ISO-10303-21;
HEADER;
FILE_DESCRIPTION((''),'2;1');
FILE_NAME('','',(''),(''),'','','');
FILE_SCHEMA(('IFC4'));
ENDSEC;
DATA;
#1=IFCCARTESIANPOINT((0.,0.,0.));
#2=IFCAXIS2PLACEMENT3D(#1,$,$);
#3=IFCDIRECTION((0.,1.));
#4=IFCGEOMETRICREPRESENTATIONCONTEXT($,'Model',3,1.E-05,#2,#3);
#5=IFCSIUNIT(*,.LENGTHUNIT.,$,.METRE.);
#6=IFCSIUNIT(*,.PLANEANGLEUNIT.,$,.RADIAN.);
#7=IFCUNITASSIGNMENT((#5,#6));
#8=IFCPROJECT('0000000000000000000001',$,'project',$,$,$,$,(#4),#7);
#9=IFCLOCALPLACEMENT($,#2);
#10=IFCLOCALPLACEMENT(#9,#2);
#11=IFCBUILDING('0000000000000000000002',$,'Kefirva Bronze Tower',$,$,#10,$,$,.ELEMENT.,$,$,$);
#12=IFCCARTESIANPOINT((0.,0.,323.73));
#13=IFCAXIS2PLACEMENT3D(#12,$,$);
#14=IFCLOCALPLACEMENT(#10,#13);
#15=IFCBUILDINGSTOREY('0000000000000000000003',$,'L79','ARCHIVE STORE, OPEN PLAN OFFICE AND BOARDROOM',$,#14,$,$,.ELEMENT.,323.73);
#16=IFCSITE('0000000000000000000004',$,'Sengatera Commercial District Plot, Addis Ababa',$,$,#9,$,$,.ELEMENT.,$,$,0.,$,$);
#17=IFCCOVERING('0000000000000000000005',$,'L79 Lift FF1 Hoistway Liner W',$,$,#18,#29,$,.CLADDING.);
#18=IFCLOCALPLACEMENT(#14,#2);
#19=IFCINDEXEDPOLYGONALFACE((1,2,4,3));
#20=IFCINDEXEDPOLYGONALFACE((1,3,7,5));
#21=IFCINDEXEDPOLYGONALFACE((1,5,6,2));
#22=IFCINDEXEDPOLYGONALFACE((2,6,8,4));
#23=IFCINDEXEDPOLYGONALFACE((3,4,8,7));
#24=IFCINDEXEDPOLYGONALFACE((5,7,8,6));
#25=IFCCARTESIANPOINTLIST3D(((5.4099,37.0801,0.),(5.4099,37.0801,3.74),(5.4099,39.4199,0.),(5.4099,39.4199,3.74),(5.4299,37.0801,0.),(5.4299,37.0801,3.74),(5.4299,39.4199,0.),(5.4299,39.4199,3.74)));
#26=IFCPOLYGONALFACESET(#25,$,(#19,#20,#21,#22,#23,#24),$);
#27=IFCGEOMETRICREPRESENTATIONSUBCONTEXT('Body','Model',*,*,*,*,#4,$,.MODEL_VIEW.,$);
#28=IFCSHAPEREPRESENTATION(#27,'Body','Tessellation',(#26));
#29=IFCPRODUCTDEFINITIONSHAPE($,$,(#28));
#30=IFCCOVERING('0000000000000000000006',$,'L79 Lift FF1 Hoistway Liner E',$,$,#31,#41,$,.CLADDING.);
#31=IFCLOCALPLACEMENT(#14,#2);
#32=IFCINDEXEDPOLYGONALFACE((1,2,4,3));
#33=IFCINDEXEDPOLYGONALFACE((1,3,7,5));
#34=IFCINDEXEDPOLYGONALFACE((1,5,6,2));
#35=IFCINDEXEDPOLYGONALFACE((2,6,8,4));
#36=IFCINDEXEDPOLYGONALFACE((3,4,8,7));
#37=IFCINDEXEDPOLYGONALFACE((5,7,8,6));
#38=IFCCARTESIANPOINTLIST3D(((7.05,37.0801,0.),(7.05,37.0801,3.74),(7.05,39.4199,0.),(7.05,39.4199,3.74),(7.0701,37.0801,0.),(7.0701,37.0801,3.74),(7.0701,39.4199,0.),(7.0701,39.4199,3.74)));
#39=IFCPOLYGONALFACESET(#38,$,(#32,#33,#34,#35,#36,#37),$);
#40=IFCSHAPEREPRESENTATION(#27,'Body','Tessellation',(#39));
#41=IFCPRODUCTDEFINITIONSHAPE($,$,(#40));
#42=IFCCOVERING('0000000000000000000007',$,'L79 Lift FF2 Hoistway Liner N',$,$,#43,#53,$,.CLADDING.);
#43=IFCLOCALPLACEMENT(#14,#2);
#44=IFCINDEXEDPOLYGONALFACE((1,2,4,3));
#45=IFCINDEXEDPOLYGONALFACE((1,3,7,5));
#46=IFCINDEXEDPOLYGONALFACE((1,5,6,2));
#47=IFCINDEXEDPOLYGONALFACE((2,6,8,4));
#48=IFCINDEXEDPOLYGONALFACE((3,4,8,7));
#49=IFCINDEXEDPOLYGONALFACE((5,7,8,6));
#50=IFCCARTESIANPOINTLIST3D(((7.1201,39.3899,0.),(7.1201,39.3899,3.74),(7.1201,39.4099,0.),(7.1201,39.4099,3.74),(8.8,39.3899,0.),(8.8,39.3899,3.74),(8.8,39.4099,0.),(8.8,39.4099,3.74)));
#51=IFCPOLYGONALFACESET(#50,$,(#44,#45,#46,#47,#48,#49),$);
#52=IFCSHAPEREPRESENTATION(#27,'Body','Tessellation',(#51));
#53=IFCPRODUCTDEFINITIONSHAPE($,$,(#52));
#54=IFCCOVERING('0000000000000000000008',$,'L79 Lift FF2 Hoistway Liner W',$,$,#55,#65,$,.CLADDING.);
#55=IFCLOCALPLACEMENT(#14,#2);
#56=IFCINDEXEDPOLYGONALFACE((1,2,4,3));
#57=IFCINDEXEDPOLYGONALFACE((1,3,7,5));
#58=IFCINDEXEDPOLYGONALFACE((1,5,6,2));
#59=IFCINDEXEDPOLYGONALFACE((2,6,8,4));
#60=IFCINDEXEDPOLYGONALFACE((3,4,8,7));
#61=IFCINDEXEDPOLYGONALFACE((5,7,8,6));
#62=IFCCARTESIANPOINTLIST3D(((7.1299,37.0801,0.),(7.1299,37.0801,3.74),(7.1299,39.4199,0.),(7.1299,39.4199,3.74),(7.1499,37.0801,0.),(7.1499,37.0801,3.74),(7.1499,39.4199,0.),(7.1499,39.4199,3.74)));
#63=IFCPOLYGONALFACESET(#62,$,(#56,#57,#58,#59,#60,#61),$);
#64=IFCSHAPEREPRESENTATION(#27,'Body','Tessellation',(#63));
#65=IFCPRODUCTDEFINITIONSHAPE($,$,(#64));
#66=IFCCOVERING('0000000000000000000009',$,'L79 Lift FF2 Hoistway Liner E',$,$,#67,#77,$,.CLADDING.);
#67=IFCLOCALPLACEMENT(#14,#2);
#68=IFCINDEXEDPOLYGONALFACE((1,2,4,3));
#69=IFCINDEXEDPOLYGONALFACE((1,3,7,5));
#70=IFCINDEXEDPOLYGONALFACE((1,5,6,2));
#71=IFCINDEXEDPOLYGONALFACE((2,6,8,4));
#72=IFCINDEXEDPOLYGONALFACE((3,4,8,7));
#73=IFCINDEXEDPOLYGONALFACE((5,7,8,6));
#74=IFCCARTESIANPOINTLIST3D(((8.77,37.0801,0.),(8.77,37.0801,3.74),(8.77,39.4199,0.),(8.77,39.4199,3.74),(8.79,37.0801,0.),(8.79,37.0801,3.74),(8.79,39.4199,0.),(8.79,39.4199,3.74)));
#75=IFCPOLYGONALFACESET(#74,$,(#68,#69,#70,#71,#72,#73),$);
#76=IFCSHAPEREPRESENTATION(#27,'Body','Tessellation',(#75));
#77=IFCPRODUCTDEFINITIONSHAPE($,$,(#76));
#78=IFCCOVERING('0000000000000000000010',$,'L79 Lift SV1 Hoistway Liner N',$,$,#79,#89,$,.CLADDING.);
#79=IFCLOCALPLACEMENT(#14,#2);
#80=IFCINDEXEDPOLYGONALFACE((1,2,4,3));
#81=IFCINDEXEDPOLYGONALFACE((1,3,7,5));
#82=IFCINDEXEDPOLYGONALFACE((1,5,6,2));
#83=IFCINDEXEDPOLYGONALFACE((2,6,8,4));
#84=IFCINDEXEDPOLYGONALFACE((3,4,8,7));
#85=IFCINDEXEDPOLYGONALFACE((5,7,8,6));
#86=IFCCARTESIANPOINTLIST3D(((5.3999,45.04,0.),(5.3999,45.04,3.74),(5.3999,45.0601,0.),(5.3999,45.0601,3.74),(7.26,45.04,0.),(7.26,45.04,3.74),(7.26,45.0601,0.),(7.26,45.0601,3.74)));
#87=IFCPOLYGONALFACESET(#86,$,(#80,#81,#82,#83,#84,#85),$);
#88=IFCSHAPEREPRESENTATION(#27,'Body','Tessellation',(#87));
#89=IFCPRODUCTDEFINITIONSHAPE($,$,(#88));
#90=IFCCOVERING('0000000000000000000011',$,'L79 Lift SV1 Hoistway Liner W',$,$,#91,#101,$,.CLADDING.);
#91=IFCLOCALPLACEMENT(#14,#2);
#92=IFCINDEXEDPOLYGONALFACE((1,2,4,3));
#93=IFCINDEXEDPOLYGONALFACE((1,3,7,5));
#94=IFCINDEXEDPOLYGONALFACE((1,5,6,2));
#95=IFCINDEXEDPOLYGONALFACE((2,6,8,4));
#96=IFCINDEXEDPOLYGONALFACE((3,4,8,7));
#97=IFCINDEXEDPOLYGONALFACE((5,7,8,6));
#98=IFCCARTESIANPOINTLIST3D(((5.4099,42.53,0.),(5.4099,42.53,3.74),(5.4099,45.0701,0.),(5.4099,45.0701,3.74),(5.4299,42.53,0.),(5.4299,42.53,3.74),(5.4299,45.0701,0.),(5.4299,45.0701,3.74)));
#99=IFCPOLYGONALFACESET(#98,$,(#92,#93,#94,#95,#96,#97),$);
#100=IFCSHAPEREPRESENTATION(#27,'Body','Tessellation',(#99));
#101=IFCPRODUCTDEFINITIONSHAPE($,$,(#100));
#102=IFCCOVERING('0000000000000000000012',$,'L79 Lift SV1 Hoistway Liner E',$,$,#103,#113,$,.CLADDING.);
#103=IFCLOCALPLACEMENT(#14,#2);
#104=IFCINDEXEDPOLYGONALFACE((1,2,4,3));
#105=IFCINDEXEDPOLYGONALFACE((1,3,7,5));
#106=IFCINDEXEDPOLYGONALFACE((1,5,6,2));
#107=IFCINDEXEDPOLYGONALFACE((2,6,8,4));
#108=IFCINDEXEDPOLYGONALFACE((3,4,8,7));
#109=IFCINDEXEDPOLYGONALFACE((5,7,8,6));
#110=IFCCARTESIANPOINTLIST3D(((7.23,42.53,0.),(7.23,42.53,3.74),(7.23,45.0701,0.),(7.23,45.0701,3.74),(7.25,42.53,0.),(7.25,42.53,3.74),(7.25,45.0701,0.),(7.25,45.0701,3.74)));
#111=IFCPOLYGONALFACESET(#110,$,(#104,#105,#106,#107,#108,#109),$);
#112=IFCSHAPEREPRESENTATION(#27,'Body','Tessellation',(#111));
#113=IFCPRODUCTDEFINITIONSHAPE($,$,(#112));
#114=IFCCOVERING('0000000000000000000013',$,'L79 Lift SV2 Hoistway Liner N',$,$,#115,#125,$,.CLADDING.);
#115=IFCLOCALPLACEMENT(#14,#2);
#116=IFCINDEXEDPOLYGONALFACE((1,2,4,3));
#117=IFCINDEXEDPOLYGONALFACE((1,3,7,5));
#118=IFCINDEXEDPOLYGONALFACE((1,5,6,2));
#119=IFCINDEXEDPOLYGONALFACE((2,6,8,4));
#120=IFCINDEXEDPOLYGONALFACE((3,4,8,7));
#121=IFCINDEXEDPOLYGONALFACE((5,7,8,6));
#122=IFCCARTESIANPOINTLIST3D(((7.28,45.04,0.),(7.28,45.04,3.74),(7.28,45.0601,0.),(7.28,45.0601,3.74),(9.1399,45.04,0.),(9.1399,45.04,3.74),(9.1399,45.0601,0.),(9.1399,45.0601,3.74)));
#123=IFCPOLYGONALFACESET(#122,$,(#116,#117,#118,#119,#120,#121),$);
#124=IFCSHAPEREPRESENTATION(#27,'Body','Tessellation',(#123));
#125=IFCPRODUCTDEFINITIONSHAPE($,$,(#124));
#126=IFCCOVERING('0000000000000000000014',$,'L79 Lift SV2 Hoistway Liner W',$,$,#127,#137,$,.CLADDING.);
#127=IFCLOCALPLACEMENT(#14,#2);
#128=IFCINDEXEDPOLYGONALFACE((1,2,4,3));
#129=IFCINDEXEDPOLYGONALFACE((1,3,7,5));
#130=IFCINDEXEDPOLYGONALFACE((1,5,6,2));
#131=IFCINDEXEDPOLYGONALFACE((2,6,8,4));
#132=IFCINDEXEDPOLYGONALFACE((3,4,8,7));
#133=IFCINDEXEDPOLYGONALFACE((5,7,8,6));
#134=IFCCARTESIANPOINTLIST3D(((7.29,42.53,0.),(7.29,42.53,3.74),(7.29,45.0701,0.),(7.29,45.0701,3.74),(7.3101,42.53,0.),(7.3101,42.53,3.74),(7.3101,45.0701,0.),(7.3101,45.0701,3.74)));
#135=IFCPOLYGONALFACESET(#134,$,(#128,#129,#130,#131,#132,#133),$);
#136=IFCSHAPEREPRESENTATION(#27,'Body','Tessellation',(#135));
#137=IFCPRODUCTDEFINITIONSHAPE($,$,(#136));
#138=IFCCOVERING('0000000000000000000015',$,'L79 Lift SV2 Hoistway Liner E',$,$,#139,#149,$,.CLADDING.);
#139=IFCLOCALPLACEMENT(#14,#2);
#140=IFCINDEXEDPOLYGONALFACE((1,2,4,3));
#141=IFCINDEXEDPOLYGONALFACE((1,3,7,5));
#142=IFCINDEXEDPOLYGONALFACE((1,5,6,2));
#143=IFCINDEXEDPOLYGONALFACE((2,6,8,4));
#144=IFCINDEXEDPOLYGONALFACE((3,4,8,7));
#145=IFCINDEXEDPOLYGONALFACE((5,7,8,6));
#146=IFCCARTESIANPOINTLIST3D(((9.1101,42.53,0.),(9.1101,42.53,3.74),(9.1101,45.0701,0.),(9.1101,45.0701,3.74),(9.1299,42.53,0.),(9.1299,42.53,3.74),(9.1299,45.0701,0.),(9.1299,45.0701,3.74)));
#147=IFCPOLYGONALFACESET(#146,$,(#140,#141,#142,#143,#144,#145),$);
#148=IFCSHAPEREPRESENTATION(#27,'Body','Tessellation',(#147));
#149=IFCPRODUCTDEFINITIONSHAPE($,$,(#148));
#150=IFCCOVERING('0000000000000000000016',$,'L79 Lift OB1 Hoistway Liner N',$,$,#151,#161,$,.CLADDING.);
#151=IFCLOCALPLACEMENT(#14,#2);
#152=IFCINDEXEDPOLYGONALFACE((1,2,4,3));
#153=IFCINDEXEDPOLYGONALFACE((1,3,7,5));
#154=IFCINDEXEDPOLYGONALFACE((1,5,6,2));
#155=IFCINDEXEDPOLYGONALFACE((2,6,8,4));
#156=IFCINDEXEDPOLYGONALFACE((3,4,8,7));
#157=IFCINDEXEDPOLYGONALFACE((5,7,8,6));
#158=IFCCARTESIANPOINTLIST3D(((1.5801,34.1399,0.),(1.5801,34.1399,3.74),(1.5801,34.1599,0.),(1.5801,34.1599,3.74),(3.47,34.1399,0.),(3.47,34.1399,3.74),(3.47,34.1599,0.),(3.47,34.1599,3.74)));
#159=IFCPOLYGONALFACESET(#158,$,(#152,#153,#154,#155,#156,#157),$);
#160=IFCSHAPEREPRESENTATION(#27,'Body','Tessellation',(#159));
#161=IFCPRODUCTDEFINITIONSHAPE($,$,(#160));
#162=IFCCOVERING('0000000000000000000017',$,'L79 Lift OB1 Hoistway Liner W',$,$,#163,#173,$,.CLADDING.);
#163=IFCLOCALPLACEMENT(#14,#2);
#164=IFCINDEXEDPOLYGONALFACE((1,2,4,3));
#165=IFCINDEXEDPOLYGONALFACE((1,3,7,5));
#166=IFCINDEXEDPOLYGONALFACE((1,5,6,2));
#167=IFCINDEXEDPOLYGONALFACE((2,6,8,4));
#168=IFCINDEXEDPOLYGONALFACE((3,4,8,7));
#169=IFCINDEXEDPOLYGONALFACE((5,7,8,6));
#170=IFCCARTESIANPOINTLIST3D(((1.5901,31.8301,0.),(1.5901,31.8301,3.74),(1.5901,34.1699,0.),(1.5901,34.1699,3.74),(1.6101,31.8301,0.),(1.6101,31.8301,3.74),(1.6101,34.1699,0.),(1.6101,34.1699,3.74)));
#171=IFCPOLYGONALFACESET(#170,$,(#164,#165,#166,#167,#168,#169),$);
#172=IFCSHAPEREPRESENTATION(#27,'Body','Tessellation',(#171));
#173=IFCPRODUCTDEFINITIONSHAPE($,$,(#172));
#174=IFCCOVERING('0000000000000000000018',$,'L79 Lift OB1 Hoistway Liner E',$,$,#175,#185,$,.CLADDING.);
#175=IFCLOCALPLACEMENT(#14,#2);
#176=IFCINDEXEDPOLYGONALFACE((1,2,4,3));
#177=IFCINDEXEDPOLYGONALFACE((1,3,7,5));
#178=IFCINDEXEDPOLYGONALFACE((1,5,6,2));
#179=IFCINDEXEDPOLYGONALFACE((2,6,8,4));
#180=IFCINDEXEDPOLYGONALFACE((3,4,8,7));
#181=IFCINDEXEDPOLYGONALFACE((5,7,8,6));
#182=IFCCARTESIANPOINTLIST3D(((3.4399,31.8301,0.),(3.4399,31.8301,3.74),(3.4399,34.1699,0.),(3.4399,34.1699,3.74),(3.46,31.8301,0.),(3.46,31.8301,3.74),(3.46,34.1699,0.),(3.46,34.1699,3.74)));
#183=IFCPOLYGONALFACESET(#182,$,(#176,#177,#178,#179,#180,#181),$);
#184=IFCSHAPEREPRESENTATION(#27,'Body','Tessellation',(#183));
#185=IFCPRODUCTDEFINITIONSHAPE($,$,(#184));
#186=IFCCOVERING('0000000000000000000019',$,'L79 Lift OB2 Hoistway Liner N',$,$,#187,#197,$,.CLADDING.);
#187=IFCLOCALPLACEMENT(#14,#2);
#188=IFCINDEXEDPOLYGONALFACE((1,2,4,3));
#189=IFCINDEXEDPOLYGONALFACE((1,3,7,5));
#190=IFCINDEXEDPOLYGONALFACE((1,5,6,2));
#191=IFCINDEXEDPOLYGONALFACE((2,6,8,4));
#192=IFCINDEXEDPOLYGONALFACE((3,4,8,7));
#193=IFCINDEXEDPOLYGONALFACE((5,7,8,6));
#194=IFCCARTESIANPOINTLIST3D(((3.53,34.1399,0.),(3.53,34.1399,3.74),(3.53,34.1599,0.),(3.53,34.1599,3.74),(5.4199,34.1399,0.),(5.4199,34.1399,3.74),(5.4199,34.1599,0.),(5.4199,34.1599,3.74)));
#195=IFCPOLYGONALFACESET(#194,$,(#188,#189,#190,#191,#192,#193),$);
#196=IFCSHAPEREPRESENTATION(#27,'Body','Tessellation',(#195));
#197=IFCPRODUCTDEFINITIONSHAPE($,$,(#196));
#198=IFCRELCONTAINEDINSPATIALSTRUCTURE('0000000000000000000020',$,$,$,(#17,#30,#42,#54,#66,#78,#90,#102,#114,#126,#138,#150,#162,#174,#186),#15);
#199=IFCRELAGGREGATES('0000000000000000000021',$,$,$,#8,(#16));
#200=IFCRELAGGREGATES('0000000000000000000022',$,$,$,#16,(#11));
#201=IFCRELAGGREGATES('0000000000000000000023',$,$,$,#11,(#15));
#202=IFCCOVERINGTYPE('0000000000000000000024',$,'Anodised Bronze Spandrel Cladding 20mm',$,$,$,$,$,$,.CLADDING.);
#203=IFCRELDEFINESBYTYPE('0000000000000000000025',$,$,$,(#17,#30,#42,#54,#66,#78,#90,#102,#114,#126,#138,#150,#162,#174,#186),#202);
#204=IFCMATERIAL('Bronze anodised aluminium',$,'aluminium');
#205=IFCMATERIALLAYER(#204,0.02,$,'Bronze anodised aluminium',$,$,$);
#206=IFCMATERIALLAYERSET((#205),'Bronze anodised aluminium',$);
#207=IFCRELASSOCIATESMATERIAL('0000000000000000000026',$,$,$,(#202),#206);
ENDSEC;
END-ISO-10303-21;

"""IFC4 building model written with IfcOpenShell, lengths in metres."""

from ifc_helpers import new_model, si_unit, direction, frame, origin, place, context, subcontext, project, spatial, polyline, outline, extrude, material, layer, layer_set, type_object, element, save


model = new_model("IFC4")

# Units and contexts
model_context = context("Model", 3, precision=1e-05, world=origin(), true_north=direction((0.0, 1.0)))
body_context = subcontext(model_context, "Body", "Model", "MODEL_VIEW")
ifc_project = project(units=[si_unit("LENGTHUNIT", "METRE"), si_unit("PLANEANGLEUNIT", "RADIAN")], contexts=[model_context])

# Site, building, storey
site_placement = place(None, origin())
site = spatial("IfcSite", under=ifc_project, at=site_placement, Name="Sengatera Commercial District Plot, Addis Ababa", CompositionType="ELEMENT", RefElevation=0.0)
building_placement = place(site_placement, origin())
building = spatial("IfcBuilding", under=site, at=building_placement, Name="Kefirva Bronze Tower", CompositionType="ELEMENT")
storey_placement = place(building_placement, frame((0.0, 0.0, 323.73)))
storey = spatial("IfcBuildingStorey", under=building, at=storey_placement, Name="L79", Description="ARCHIVE STORE, OPEN PLAN OFFICE AND BOARDROOM", CompositionType="ELEMENT", Elevation=323.73)

# Shared definitions
ifc_material_1 = material(Name="Bronze anodised aluminium", Category="aluminium")

# Coverings
ifc_layer_1 = layer(ifc_material_1, 0.02, Name="Bronze anodised aluminium")
ifc_layer_set_1 = layer_set([ifc_layer_1], Name="Bronze anodised aluminium")
covering_type_1 = type_object("IfcCoveringType", Name="Anodised Bronze Spandrel Cladding 20mm", PredefinedType="CLADDING", material=ifc_layer_set_1)
covering_1_placement = place(storey_placement, origin())
element("IfcCovering", 1, at=covering_1_placement, inside=storey, type_object=covering_type_1, Name="L79 Lift FF1 Hoistway Liner W", PredefinedType="CLADDING", context=body_context, shape_type="SweptSolid", body=[
    extrude(outline(polyline([(5.4099, 37.0801), (5.4299, 37.0801), (5.4299, 39.4199), (5.4099, 39.4199), (5.4099, 37.0801)])), origin(), (0.0, 0.0, 1.0), 3.74),
])
covering_2_placement = place(storey_placement, origin())
element("IfcCovering", 2, at=covering_2_placement, inside=storey, type_object=covering_type_1, Name="L79 Lift FF1 Hoistway Liner E", PredefinedType="CLADDING", context=body_context, shape_type="SweptSolid", body=[
    extrude(outline(polyline([(7.05, 37.0801), (7.0701, 37.0801), (7.0701, 39.4199), (7.05, 39.4199), (7.05, 37.0801)])), origin(), (0.0, 0.0, 1.0), 3.74),
])
covering_3_placement = place(storey_placement, origin())
element("IfcCovering", 3, at=covering_3_placement, inside=storey, type_object=covering_type_1, Name="L79 Lift FF2 Hoistway Liner N", PredefinedType="CLADDING", context=body_context, shape_type="SweptSolid", body=[
    extrude(outline(polyline([(7.1201, 39.3899), (8.8, 39.3899), (8.8, 39.4099), (7.1201, 39.4099), (7.1201, 39.3899)])), origin(), (0.0, 0.0, 1.0), 3.74),
])
covering_4_placement = place(storey_placement, origin())
element("IfcCovering", 4, at=covering_4_placement, inside=storey, type_object=covering_type_1, Name="L79 Lift FF2 Hoistway Liner W", PredefinedType="CLADDING", context=body_context, shape_type="SweptSolid", body=[
    extrude(outline(polyline([(7.1299, 37.0801), (7.1499, 37.0801), (7.1499, 39.4199), (7.1299, 39.4199), (7.1299, 37.0801)])), origin(), (0.0, 0.0, 1.0), 3.74),
])
covering_5_placement = place(storey_placement, origin())
element("IfcCovering", 5, at=covering_5_placement, inside=storey, type_object=covering_type_1, Name="L79 Lift FF2 Hoistway Liner E", PredefinedType="CLADDING", context=body_context, shape_type="SweptSolid", body=[
    extrude(outline(polyline([(8.77, 37.0801), (8.79, 37.0801), (8.79, 39.4199), (8.77, 39.4199), (8.77, 37.0801)])), origin(), (0.0, 0.0, 1.0), 3.74),
])
covering_6_placement = place(storey_placement, origin())
element("IfcCovering", 6, at=covering_6_placement, inside=storey, type_object=covering_type_1, Name="L79 Lift SV1 Hoistway Liner N", PredefinedType="CLADDING", context=body_context, shape_type="SweptSolid", body=[
    extrude(outline(polyline([(5.3999, 45.04), (7.26, 45.04), (7.26, 45.0601), (5.3999, 45.0601), (5.3999, 45.04)])), origin(), (0.0, 0.0, 1.0), 3.74),
])
covering_7_placement = place(storey_placement, origin())
element("IfcCovering", 7, at=covering_7_placement, inside=storey, type_object=covering_type_1, Name="L79 Lift SV1 Hoistway Liner W", PredefinedType="CLADDING", context=body_context, shape_type="SweptSolid", body=[
    extrude(outline(polyline([(5.4099, 42.53), (5.4299, 42.53), (5.4299, 45.0701), (5.4099, 45.0701), (5.4099, 42.53)])), origin(), (0.0, 0.0, 1.0), 3.74),
])
covering_8_placement = place(storey_placement, origin())
element("IfcCovering", 8, at=covering_8_placement, inside=storey, type_object=covering_type_1, Name="L79 Lift SV1 Hoistway Liner E", PredefinedType="CLADDING", context=body_context, shape_type="SweptSolid", body=[
    extrude(outline(polyline([(7.23, 42.53), (7.25, 42.53), (7.25, 45.0701), (7.23, 45.0701), (7.23, 42.53)])), origin(), (0.0, 0.0, 1.0), 3.74),
])
covering_9_placement = place(storey_placement, origin())
element("IfcCovering", 9, at=covering_9_placement, inside=storey, type_object=covering_type_1, Name="L79 Lift SV2 Hoistway Liner N", PredefinedType="CLADDING", context=body_context, shape_type="SweptSolid", body=[
    extrude(outline(polyline([(7.28, 45.04), (9.1399, 45.04), (9.1399, 45.0601), (7.28, 45.0601), (7.28, 45.04)])), origin(), (0.0, 0.0, 1.0), 3.74),
])
covering_10_placement = place(storey_placement, origin())
element("IfcCovering", 10, at=covering_10_placement, inside=storey, type_object=covering_type_1, Name="L79 Lift SV2 Hoistway Liner W", PredefinedType="CLADDING", context=body_context, shape_type="SweptSolid", body=[
    extrude(outline(polyline([(7.29, 42.53), (7.3101, 42.53), (7.3101, 45.0701), (7.29, 45.0701), (7.29, 42.53)])), origin(), (0.0, 0.0, 1.0), 3.74),
])
covering_11_placement = place(storey_placement, origin())
element("IfcCovering", 11, at=covering_11_placement, inside=storey, type_object=covering_type_1, Name="L79 Lift SV2 Hoistway Liner E", PredefinedType="CLADDING", context=body_context, shape_type="SweptSolid", body=[
    extrude(outline(polyline([(9.1101, 42.53), (9.1299, 42.53), (9.1299, 45.0701), (9.1101, 45.0701), (9.1101, 42.53)])), origin(), (0.0, 0.0, 1.0), 3.74),
])
covering_12_placement = place(storey_placement, origin())
element("IfcCovering", 12, at=covering_12_placement, inside=storey, type_object=covering_type_1, Name="L79 Lift OB1 Hoistway Liner N", PredefinedType="CLADDING", context=body_context, shape_type="SweptSolid", body=[
    extrude(outline(polyline([(1.5801, 34.1399), (3.47, 34.1399), (3.47, 34.1599), (1.5801, 34.1599), (1.5801, 34.1399)])), origin(), (0.0, 0.0, 1.0), 3.74),
])
covering_13_placement = place(storey_placement, origin())
element("IfcCovering", 13, at=covering_13_placement, inside=storey, type_object=covering_type_1, Name="L79 Lift OB1 Hoistway Liner W", PredefinedType="CLADDING", context=body_context, shape_type="SweptSolid", body=[
    extrude(outline(polyline([(1.5901, 31.8301), (1.6101, 31.8301), (1.6101, 34.1699), (1.5901, 34.1699), (1.5901, 31.8301)])), origin(), (0.0, 0.0, 1.0), 3.74),
])
covering_14_placement = place(storey_placement, origin())
element("IfcCovering", 14, at=covering_14_placement, inside=storey, type_object=covering_type_1, Name="L79 Lift OB1 Hoistway Liner E", PredefinedType="CLADDING", context=body_context, shape_type="SweptSolid", body=[
    extrude(outline(polyline([(3.4399, 31.8301), (3.46, 31.8301), (3.46, 34.1699), (3.4399, 34.1699), (3.4399, 31.8301)])), origin(), (0.0, 0.0, 1.0), 3.74),
])
covering_15_placement = place(storey_placement, origin())
element("IfcCovering", 15, at=covering_15_placement, inside=storey, type_object=covering_type_1, Name="L79 Lift OB2 Hoistway Liner N", PredefinedType="CLADDING", context=body_context, shape_type="SweptSolid", body=[
    extrude(outline(polyline([(3.53, 34.1399), (5.4199, 34.1399), (5.4199, 34.1599), (3.53, 34.1599), (3.53, 34.1399)])), origin(), (0.0, 0.0, 1.0), 3.74),
])

save(model, "model.ifc")
